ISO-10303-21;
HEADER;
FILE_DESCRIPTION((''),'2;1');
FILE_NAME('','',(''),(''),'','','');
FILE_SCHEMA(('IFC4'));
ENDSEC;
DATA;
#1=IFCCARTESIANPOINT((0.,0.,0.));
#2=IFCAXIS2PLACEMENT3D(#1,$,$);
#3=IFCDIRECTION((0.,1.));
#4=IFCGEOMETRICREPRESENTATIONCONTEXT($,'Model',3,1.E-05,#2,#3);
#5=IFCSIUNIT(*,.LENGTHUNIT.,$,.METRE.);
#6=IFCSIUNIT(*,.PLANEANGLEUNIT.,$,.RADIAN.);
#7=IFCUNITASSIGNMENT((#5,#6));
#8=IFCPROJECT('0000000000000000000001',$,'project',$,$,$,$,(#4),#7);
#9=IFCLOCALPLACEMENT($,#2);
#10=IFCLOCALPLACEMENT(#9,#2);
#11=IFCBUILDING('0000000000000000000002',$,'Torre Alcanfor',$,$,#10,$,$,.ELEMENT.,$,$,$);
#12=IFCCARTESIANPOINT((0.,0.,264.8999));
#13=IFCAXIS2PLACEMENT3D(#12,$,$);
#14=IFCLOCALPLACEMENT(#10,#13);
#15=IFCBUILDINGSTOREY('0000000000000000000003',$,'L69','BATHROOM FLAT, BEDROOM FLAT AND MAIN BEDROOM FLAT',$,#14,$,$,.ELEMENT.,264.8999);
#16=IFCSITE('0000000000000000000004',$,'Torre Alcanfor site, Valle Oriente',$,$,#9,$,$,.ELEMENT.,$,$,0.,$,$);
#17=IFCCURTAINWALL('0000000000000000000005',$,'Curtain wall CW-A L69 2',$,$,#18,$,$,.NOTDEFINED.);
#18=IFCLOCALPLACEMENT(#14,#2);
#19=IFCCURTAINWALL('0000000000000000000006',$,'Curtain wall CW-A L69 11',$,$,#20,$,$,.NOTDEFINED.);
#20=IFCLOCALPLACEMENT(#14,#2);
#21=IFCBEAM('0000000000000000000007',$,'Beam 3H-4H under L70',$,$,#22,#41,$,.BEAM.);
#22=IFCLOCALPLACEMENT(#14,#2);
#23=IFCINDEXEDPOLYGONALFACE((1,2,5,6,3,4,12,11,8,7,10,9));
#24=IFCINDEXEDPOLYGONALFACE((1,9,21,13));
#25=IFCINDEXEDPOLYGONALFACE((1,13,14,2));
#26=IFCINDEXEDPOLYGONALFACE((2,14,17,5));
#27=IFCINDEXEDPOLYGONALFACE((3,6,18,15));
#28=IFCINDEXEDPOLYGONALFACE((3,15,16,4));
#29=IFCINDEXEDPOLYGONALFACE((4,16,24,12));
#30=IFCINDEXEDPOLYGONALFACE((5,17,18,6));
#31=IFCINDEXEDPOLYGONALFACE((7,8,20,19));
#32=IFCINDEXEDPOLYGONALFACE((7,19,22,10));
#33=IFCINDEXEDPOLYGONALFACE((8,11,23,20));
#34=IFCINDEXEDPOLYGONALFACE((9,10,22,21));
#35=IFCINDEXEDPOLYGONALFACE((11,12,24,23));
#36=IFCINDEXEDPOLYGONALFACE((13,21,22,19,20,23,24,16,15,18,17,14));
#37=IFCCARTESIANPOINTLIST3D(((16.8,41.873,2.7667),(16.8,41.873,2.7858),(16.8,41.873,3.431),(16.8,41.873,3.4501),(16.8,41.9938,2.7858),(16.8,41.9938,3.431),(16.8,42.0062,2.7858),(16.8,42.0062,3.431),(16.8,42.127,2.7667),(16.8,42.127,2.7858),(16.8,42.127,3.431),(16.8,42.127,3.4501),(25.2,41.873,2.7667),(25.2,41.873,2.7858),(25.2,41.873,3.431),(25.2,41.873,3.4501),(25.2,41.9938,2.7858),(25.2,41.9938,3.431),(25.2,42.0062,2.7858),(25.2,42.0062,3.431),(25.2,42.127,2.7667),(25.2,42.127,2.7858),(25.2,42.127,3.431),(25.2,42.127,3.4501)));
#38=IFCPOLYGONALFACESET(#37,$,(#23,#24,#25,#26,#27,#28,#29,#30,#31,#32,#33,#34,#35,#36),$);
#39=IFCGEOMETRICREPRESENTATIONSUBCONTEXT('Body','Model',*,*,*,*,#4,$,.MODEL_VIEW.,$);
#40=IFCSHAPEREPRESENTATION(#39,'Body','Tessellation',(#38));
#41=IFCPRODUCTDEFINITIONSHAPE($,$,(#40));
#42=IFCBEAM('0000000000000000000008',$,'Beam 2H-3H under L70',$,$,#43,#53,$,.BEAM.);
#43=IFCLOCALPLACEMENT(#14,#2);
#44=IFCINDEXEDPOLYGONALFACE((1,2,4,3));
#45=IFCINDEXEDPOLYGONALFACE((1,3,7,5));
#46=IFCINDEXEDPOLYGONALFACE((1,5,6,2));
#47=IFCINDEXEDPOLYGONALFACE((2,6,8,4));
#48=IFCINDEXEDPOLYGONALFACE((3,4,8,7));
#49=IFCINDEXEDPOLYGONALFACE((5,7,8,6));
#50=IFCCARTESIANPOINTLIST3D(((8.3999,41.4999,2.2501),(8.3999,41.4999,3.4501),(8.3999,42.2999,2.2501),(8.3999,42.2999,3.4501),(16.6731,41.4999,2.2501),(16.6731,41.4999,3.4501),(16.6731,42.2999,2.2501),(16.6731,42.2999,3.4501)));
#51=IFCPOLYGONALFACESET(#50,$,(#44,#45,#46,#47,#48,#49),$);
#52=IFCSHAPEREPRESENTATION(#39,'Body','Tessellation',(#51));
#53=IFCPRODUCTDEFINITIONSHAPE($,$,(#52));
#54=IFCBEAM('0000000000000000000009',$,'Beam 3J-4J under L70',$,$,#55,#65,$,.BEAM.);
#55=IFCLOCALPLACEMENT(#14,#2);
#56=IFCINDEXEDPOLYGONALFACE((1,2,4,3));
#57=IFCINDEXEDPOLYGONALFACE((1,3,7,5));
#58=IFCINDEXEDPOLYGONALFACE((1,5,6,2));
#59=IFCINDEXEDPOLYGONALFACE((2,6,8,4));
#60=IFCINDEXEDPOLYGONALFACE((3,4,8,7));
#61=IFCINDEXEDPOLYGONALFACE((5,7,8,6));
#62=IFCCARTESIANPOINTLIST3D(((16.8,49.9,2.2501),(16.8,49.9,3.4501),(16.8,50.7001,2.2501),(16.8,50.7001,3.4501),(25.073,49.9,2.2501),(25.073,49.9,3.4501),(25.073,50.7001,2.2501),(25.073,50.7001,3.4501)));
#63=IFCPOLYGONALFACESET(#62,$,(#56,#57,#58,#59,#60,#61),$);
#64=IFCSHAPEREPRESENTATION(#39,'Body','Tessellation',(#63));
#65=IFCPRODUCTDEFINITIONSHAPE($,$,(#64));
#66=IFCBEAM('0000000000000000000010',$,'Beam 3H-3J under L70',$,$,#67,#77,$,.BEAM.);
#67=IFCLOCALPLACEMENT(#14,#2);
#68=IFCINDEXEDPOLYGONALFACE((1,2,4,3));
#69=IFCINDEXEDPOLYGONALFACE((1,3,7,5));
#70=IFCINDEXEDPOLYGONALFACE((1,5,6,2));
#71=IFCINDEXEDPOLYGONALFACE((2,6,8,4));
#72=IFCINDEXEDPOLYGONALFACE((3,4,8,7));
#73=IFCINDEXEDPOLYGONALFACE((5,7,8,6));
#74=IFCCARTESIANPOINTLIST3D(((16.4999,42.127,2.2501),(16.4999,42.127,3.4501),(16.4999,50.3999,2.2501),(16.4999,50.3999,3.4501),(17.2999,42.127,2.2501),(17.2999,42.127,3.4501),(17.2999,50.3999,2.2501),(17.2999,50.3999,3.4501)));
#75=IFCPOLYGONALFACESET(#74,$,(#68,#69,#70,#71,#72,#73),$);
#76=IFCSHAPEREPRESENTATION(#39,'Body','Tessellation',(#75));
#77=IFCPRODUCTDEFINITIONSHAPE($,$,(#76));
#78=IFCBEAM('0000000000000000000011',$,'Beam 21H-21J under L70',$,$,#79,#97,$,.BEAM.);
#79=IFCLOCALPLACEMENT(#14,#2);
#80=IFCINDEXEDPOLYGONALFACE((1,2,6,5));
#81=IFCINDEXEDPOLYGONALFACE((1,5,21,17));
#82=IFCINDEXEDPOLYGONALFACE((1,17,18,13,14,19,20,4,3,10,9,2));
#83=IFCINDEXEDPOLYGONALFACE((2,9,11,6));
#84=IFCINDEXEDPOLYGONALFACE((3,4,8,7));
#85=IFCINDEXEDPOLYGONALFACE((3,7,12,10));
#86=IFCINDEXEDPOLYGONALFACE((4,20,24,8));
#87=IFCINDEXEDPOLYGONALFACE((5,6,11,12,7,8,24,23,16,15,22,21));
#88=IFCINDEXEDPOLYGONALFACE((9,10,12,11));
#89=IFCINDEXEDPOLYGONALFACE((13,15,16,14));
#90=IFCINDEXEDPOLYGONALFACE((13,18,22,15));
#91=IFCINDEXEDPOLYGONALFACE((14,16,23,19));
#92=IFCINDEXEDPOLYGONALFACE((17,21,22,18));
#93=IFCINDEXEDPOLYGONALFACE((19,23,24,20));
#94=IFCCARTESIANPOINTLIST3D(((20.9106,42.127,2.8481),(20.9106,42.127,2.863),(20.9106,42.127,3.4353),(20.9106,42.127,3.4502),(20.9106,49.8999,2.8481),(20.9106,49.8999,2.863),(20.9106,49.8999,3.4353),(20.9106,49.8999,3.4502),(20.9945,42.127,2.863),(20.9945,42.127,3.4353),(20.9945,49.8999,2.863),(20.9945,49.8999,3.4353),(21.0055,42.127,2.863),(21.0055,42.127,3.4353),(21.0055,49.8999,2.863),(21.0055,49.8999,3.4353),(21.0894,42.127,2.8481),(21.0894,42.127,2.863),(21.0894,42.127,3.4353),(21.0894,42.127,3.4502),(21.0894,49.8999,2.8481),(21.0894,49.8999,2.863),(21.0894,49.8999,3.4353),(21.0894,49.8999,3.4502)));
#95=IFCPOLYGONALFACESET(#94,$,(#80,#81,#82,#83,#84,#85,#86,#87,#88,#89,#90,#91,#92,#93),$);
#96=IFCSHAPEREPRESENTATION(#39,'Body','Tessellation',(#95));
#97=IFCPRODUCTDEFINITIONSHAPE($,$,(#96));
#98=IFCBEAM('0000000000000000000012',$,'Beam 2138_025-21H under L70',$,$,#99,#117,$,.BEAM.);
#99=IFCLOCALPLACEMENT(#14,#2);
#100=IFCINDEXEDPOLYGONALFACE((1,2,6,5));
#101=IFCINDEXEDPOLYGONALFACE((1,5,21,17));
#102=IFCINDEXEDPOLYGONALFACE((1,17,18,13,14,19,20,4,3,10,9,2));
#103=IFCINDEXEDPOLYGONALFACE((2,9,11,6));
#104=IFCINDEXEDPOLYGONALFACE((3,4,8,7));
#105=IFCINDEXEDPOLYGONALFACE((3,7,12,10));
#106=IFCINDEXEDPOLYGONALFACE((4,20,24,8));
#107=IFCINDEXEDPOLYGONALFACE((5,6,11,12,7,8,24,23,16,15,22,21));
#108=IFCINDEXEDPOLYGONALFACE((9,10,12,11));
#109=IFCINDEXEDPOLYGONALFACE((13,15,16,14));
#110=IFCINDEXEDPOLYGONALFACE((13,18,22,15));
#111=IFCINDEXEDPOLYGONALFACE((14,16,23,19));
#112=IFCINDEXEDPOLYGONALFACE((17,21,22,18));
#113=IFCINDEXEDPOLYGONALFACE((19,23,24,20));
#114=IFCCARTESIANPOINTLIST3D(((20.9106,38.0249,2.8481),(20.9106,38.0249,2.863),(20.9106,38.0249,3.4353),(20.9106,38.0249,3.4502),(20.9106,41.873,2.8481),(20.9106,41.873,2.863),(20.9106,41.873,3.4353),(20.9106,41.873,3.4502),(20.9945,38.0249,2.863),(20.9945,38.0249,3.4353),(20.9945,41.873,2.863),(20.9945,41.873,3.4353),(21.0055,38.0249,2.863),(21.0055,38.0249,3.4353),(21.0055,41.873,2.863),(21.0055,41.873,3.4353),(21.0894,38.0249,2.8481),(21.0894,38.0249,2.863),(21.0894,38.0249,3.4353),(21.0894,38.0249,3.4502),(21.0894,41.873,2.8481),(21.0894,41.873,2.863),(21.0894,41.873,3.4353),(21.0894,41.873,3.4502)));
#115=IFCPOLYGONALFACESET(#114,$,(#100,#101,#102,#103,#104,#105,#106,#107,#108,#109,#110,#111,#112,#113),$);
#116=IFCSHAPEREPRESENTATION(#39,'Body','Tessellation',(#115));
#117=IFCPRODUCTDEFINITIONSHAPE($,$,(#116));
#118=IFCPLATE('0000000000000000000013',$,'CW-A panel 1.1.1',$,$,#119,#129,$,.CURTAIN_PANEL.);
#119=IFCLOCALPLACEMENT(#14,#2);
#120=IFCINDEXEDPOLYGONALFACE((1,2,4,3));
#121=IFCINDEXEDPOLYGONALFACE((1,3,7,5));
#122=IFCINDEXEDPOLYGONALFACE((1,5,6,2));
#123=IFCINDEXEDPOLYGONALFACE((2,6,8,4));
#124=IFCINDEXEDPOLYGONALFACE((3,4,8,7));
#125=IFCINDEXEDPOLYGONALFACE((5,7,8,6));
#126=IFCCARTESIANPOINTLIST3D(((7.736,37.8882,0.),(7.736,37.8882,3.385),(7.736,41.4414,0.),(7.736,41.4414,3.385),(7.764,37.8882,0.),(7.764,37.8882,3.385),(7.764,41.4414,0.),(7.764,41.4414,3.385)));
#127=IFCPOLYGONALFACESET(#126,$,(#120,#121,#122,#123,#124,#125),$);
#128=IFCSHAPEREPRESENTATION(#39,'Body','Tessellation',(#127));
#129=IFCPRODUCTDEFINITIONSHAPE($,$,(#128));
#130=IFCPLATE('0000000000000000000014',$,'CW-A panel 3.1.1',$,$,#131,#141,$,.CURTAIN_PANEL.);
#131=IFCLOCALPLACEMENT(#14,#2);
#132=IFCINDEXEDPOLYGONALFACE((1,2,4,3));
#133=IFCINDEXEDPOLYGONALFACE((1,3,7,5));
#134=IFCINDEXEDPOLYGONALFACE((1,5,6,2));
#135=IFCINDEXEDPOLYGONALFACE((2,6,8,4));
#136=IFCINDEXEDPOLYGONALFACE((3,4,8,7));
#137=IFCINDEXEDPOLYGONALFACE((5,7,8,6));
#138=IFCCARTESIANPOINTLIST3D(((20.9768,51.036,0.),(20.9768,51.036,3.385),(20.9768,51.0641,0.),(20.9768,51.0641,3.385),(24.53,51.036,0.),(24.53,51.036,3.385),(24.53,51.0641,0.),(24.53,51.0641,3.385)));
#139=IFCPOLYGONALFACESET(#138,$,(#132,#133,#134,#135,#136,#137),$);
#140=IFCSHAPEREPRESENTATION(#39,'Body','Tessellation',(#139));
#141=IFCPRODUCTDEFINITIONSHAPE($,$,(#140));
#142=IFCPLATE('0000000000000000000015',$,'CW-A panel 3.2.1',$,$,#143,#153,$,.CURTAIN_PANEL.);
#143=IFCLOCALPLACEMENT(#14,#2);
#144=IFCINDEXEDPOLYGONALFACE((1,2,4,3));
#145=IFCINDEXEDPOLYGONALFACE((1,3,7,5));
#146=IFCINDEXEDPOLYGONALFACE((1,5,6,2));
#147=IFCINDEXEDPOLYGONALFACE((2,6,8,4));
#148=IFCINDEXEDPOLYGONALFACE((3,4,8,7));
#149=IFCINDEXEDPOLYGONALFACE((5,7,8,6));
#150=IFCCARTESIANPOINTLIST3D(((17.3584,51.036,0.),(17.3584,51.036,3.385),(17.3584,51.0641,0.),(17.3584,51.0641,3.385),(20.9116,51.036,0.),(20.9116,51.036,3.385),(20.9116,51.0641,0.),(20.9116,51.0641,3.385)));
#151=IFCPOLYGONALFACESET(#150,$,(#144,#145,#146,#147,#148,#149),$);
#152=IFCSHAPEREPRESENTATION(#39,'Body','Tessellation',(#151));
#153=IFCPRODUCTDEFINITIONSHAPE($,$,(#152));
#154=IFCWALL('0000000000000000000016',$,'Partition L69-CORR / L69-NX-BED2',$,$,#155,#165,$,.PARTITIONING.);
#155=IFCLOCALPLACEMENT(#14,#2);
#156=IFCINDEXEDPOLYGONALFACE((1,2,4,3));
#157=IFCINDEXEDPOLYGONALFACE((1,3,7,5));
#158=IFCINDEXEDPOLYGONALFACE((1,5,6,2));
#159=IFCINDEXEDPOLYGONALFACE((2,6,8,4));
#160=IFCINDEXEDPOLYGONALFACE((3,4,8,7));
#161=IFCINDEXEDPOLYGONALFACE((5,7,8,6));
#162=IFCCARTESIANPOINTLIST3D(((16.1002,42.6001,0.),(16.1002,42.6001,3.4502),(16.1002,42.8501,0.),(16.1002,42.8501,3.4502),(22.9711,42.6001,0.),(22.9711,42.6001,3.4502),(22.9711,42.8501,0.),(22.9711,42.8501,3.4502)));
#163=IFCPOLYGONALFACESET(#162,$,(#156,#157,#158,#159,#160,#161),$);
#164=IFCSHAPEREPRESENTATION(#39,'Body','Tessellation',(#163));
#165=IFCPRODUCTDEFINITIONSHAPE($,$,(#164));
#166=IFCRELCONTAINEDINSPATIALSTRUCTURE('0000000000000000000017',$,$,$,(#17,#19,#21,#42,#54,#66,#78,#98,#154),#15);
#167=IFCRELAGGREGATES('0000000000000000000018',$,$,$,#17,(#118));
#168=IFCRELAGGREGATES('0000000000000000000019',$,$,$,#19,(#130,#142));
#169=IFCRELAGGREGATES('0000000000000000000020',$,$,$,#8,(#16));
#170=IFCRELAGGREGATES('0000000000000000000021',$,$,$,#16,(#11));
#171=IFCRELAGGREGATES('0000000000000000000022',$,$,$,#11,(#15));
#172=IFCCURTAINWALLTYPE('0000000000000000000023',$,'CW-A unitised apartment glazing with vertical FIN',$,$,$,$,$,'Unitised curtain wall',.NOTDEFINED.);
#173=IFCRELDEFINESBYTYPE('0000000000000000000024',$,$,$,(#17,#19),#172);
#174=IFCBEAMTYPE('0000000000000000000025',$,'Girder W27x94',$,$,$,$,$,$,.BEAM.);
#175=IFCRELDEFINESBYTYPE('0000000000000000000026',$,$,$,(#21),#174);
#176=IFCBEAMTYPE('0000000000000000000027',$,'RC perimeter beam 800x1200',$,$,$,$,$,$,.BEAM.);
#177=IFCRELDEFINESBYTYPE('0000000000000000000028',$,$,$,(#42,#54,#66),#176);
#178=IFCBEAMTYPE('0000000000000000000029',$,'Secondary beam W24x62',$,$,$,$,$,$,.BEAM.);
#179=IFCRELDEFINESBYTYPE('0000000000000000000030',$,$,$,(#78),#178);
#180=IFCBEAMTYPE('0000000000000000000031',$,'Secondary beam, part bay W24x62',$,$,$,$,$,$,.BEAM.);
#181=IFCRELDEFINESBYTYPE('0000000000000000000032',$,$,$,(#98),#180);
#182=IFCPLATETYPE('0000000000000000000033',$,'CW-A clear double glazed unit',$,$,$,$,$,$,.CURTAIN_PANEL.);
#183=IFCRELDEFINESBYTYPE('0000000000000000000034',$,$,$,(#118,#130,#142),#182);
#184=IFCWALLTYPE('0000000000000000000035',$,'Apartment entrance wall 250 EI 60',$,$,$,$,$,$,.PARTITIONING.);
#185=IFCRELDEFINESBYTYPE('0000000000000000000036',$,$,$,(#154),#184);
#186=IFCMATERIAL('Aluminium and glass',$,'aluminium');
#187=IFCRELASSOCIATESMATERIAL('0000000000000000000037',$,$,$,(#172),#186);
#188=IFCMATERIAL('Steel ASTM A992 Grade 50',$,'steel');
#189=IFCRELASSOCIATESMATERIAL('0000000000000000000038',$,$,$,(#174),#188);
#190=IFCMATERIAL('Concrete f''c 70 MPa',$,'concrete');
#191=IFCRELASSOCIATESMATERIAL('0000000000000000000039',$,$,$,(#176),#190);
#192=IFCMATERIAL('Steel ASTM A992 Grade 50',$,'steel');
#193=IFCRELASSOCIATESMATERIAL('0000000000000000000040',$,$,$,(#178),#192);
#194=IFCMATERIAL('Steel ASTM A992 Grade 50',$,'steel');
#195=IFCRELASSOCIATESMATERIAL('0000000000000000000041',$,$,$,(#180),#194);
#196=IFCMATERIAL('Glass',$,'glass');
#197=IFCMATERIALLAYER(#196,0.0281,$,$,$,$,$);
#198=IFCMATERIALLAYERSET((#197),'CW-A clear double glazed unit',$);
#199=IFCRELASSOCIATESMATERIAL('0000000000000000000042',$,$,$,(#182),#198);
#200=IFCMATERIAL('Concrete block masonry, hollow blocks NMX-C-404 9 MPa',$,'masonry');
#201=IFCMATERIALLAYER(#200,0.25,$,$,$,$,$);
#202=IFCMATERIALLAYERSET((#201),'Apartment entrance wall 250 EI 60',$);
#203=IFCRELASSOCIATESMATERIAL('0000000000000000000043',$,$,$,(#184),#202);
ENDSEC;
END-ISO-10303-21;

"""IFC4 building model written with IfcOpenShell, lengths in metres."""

from ifc_helpers import new_model, si_unit, direction, frame, frame_2d, origin, origin_2d, place, context, subcontext, project, spatial, rectangle, i_section, extrude, material, layer, layer_set, material_profile, profile_set, type_object, element, aggregate, save


model = new_model("IFC4")

# Units and contexts
model_context = context("Model", 3, precision=1e-05, world=origin(), true_north=direction((0.0, 1.0)))
body_context = subcontext(model_context, "Body", "Model", "MODEL_VIEW")
ifc_project = project(units=[si_unit("LENGTHUNIT", "METRE"), si_unit("PLANEANGLEUNIT", "RADIAN")], contexts=[model_context])

# Site, building, storey
site_placement = place(None, origin())
site = spatial("IfcSite", under=ifc_project, at=site_placement, Name="Torre Alcanfor site, Valle Oriente", CompositionType="ELEMENT", RefElevation=0.0)
building_placement = place(site_placement, origin())
building = spatial("IfcBuilding", under=site, at=building_placement, Name="Torre Alcanfor", CompositionType="ELEMENT")
storey_placement = place(building_placement, frame((0.0, 0.0, 264.8999)))
storey = spatial("IfcBuildingStorey", under=building, at=storey_placement, Name="L69", Description="BATHROOM FLAT, BEDROOM FLAT AND MAIN BEDROOM FLAT", CompositionType="ELEMENT", Elevation=264.8999)

# Curtain wall
ifc_material_1 = material(Name="Aluminium and glass", Category="aluminium")
curtain_wall_type = type_object("IfcCurtainWallType", Name="CW-A unitised apartment glazing with vertical FIN", ElementType="Unitised curtain wall", PredefinedType="NOTDEFINED", material=ifc_material_1)
curtain_wall_1_placement = place(storey_placement, origin())
curtain_wall_1 = element("IfcCurtainWall", 1, at=curtain_wall_1_placement, inside=storey, type_object=curtain_wall_type, Name="Curtain wall CW-A L69 2", PredefinedType="NOTDEFINED")

# Curtain wall
curtain_wall_2_placement = place(storey_placement, origin())
curtain_wall_2 = element("IfcCurtainWall", 2, at=curtain_wall_2_placement, inside=storey, type_object=curtain_wall_type, Name="Curtain wall CW-A L69 11", PredefinedType="NOTDEFINED")

# Beams
ifc_material_2 = material(Name="Steel ASTM A992 Grade 50", Category="steel")
ifc_material_profile_1 = material_profile(ifc_material_2, i_section(OverallWidth=0.2539, OverallDepth=0.6833, WebThickness=0.0125, FlangeThickness=0.019, at=origin_2d()), Name="W27x94")
ifc_profile_set_1 = profile_set([ifc_material_profile_1], Name="Steel ASTM A992 Grade 50")
beam_type_1 = type_object("IfcBeamType", Name="Girder W27x94", PredefinedType="BEAM", material=ifc_profile_set_1)
beam_1_placement = place(storey_placement, frame((16.8, 42.0, 3.1084), z_axis=(1.0, 0.0, 0.0), x_axis=(0.0, 1.0, 0.0)))
element("IfcBeam", 3, at=beam_1_placement, inside=storey, type_object=beam_type_1, Name="Beam 3H-4H under L70", PredefinedType="BEAM", context=body_context, shape_type="SweptSolid", body=[
    extrude(i_section(OverallWidth=0.2539, OverallDepth=0.6833, WebThickness=0.0125, FlangeThickness=0.019, at=origin_2d()), origin(), (0.0, 0.0, 1.0), 8.3999),
])
ifc_material_3 = material(Name="Concrete f'c 70 MPa", Category="concrete")
ifc_material_profile_2 = material_profile(ifc_material_3, rectangle(XDim=0.8, YDim=1.2, at=origin_2d()), Name="800x1200")
ifc_profile_set_2 = profile_set([ifc_material_profile_2], Name="Concrete f'c 70 MPa")
beam_type_2 = type_object("IfcBeamType", Name="RC perimeter beam 800x1200", PredefinedType="BEAM", material=ifc_profile_set_2)
beam_2_placement = place(storey_placement, frame((8.3999, 41.8999, 2.8501), z_axis=(1.0, 0.0, 0.0), x_axis=(0.0, 1.0, 0.0)))
element("IfcBeam", 4, at=beam_2_placement, inside=storey, type_object=beam_type_2, Name="Beam 2H-3H under L70", PredefinedType="BEAM", context=body_context, shape_type="SweptSolid", body=[
    extrude(rectangle(XDim=0.8, YDim=1.2, at=origin_2d()), origin(), (0.0, 0.0, 1.0), 8.2732),
])
for number, where, z_axis, x_axis, name in (
    (5, (16.8, 50.3, 2.8501), (1.0, 0.0, 0.0), (0.0, 1.0, 0.0), "Beam 3J-4J under L70"),
    (6, (16.8999, 42.127, 2.8501), (0.0, 1.0, 0.0), (-1.0, 0.0, 0.0), "Beam 3H-3J under L70"),
):
    element("IfcBeam", number, at=place(storey_placement, frame(where, z_axis=z_axis, x_axis=x_axis)), inside=storey, type_object=beam_type_2, Name=name, PredefinedType="BEAM", context=body_context, shape_type="SweptSolid", body=[
        extrude(rectangle(XDim=0.8, YDim=1.2, at=origin_2d()), origin(), (0.0, 0.0, 1.0), 8.2729),
    ])
ifc_material_4 = material(Name="Steel ASTM A992 Grade 50", Category="steel")
ifc_material_profile_3 = material_profile(ifc_material_4, i_section(OverallWidth=0.1787, OverallDepth=0.6021, WebThickness=0.011, FlangeThickness=0.0149, at=origin_2d()), Name="W24x62")
ifc_profile_set_3 = profile_set([ifc_material_profile_3], Name="Steel ASTM A992 Grade 50")
beam_type_3 = type_object("IfcBeamType", Name="Secondary beam W24x62", PredefinedType="BEAM", material=ifc_profile_set_3)
beam_3_placement = place(storey_placement, frame((21.0, 42.127, 3.1492), z_axis=(0.0, 1.0, 0.0), x_axis=(-1.0, 0.0, 0.0)))
element("IfcBeam", 7, at=beam_3_placement, inside=storey, type_object=beam_type_3, Name="Beam 21H-21J under L70", PredefinedType="BEAM", context=body_context, shape_type="SweptSolid", body=[
    extrude(i_section(OverallWidth=0.1787, OverallDepth=0.6021, WebThickness=0.011, FlangeThickness=0.0149, at=origin_2d()), origin(), (0.0, 0.0, 1.0), 7.7729),
])
ifc_material_5 = material(Name="Steel ASTM A992 Grade 50", Category="steel")
ifc_material_profile_4 = material_profile(ifc_material_5, i_section(OverallWidth=0.1787, OverallDepth=0.6021, WebThickness=0.011, FlangeThickness=0.0149, at=origin_2d()), Name="W24x62")
ifc_profile_set_4 = profile_set([ifc_material_profile_4], Name="Steel ASTM A992 Grade 50")
beam_type_4 = type_object("IfcBeamType", Name="Secondary beam, part bay W24x62", PredefinedType="BEAM", material=ifc_profile_set_4)
beam_4_placement = place(storey_placement, frame((21.0, 38.0249, 3.1492), z_axis=(0.0, 1.0, 0.0), x_axis=(-1.0, 0.0, 0.0)))
element("IfcBeam", 8, at=beam_4_placement, inside=storey, type_object=beam_type_4, Name="Beam 2138_025-21H under L70", PredefinedType="BEAM", context=body_context, shape_type="SweptSolid", body=[
    extrude(i_section(OverallWidth=0.1787, OverallDepth=0.6021, WebThickness=0.011, FlangeThickness=0.0149, at=origin_2d()), origin(), (0.0, 0.0, 1.0), 3.8481),
])

# Plates
ifc_material_6 = material(Name="Glass", Category="glass")
ifc_layer_1 = layer(ifc_material_6, 0.0281)
ifc_layer_set_1 = layer_set([ifc_layer_1], Name="CW-A clear double glazed unit")
plate_type = type_object("IfcPlateType", Name="CW-A clear double glazed unit", PredefinedType="CURTAIN_PANEL", material=ifc_layer_set_1)
plate_1_placement = place(storey_placement, frame((7.75, 39.6648, 0.0), z_axis=(0.0, 0.0, 1.0), x_axis=(0.0, -1.0, 0.0)))
plate_1 = element("IfcPlate", 9, at=plate_1_placement, type_object=plate_type, Name="CW-A panel 1.1.1", PredefinedType="CURTAIN_PANEL", context=body_context, shape_type="SweptSolid", body=[
    extrude(rectangle(XDim=3.5532, YDim=0.0281, at=origin_2d()), origin(), (0.0, 0.0, 1.0), 3.385),
])
aggregate(curtain_wall_1, [plate_1])
plate_2_placement = place(storey_placement, frame((22.7534, 51.05, 0.0), z_axis=(0.0, 0.0, 1.0), x_axis=(-1.0, 0.0, 0.0)))
plate_2 = element("IfcPlate", 10, at=plate_2_placement, type_object=plate_type, Name="CW-A panel 3.1.1", PredefinedType="CURTAIN_PANEL", context=body_context, shape_type="SweptSolid", body=[
    extrude(rectangle(XDim=3.5532, YDim=0.0281, at=origin_2d()), origin(), (0.0, 0.0, 1.0), 3.385),
])
plate_3_placement = place(storey_placement, frame((19.135, 51.05, 0.0), z_axis=(0.0, 0.0, 1.0), x_axis=(-1.0, 0.0, 0.0)))
plate_3 = element("IfcPlate", 11, at=plate_3_placement, type_object=plate_type, Name="CW-A panel 3.2.1", PredefinedType="CURTAIN_PANEL", context=body_context, shape_type="SweptSolid", body=[
    extrude(rectangle(XDim=3.5532, YDim=0.0281, at=origin_2d()), origin(), (0.0, 0.0, 1.0), 3.385),
])
aggregate(curtain_wall_2, [plate_2, plate_3])

# Wall
ifc_material_7 = material(Name="Concrete block masonry, hollow blocks NMX-C-404 9 MPa", Category="masonry")
ifc_layer_2 = layer(ifc_material_7, 0.25)
ifc_layer_set_2 = layer_set([ifc_layer_2], Name="Apartment entrance wall 250 EI 60")
wall_type_1 = type_object("IfcWallType", Name="Apartment entrance wall 250 EI 60", PredefinedType="PARTITIONING", material=ifc_layer_set_2)
wall_1_placement = place(storey_placement, frame((16.1001, 42.7251, 0.0), z_axis=(0.0, 0.0, 1.0), x_axis=(1.0, 0.0, 0.0)))
element("IfcWall", 12, at=wall_1_placement, inside=storey, type_object=wall_type_1, Name="Partition L69-CORR / L69-NX-BED2", PredefinedType="PARTITIONING", context=body_context, shape_type="SweptSolid", body=[
    extrude(rectangle(XDim=6.8708, YDim=0.25, at=frame_2d((3.4355, 0.0))), origin(), (0.0, 0.0, 1.0), 3.4502),
])

save(model, "model.ifc")
